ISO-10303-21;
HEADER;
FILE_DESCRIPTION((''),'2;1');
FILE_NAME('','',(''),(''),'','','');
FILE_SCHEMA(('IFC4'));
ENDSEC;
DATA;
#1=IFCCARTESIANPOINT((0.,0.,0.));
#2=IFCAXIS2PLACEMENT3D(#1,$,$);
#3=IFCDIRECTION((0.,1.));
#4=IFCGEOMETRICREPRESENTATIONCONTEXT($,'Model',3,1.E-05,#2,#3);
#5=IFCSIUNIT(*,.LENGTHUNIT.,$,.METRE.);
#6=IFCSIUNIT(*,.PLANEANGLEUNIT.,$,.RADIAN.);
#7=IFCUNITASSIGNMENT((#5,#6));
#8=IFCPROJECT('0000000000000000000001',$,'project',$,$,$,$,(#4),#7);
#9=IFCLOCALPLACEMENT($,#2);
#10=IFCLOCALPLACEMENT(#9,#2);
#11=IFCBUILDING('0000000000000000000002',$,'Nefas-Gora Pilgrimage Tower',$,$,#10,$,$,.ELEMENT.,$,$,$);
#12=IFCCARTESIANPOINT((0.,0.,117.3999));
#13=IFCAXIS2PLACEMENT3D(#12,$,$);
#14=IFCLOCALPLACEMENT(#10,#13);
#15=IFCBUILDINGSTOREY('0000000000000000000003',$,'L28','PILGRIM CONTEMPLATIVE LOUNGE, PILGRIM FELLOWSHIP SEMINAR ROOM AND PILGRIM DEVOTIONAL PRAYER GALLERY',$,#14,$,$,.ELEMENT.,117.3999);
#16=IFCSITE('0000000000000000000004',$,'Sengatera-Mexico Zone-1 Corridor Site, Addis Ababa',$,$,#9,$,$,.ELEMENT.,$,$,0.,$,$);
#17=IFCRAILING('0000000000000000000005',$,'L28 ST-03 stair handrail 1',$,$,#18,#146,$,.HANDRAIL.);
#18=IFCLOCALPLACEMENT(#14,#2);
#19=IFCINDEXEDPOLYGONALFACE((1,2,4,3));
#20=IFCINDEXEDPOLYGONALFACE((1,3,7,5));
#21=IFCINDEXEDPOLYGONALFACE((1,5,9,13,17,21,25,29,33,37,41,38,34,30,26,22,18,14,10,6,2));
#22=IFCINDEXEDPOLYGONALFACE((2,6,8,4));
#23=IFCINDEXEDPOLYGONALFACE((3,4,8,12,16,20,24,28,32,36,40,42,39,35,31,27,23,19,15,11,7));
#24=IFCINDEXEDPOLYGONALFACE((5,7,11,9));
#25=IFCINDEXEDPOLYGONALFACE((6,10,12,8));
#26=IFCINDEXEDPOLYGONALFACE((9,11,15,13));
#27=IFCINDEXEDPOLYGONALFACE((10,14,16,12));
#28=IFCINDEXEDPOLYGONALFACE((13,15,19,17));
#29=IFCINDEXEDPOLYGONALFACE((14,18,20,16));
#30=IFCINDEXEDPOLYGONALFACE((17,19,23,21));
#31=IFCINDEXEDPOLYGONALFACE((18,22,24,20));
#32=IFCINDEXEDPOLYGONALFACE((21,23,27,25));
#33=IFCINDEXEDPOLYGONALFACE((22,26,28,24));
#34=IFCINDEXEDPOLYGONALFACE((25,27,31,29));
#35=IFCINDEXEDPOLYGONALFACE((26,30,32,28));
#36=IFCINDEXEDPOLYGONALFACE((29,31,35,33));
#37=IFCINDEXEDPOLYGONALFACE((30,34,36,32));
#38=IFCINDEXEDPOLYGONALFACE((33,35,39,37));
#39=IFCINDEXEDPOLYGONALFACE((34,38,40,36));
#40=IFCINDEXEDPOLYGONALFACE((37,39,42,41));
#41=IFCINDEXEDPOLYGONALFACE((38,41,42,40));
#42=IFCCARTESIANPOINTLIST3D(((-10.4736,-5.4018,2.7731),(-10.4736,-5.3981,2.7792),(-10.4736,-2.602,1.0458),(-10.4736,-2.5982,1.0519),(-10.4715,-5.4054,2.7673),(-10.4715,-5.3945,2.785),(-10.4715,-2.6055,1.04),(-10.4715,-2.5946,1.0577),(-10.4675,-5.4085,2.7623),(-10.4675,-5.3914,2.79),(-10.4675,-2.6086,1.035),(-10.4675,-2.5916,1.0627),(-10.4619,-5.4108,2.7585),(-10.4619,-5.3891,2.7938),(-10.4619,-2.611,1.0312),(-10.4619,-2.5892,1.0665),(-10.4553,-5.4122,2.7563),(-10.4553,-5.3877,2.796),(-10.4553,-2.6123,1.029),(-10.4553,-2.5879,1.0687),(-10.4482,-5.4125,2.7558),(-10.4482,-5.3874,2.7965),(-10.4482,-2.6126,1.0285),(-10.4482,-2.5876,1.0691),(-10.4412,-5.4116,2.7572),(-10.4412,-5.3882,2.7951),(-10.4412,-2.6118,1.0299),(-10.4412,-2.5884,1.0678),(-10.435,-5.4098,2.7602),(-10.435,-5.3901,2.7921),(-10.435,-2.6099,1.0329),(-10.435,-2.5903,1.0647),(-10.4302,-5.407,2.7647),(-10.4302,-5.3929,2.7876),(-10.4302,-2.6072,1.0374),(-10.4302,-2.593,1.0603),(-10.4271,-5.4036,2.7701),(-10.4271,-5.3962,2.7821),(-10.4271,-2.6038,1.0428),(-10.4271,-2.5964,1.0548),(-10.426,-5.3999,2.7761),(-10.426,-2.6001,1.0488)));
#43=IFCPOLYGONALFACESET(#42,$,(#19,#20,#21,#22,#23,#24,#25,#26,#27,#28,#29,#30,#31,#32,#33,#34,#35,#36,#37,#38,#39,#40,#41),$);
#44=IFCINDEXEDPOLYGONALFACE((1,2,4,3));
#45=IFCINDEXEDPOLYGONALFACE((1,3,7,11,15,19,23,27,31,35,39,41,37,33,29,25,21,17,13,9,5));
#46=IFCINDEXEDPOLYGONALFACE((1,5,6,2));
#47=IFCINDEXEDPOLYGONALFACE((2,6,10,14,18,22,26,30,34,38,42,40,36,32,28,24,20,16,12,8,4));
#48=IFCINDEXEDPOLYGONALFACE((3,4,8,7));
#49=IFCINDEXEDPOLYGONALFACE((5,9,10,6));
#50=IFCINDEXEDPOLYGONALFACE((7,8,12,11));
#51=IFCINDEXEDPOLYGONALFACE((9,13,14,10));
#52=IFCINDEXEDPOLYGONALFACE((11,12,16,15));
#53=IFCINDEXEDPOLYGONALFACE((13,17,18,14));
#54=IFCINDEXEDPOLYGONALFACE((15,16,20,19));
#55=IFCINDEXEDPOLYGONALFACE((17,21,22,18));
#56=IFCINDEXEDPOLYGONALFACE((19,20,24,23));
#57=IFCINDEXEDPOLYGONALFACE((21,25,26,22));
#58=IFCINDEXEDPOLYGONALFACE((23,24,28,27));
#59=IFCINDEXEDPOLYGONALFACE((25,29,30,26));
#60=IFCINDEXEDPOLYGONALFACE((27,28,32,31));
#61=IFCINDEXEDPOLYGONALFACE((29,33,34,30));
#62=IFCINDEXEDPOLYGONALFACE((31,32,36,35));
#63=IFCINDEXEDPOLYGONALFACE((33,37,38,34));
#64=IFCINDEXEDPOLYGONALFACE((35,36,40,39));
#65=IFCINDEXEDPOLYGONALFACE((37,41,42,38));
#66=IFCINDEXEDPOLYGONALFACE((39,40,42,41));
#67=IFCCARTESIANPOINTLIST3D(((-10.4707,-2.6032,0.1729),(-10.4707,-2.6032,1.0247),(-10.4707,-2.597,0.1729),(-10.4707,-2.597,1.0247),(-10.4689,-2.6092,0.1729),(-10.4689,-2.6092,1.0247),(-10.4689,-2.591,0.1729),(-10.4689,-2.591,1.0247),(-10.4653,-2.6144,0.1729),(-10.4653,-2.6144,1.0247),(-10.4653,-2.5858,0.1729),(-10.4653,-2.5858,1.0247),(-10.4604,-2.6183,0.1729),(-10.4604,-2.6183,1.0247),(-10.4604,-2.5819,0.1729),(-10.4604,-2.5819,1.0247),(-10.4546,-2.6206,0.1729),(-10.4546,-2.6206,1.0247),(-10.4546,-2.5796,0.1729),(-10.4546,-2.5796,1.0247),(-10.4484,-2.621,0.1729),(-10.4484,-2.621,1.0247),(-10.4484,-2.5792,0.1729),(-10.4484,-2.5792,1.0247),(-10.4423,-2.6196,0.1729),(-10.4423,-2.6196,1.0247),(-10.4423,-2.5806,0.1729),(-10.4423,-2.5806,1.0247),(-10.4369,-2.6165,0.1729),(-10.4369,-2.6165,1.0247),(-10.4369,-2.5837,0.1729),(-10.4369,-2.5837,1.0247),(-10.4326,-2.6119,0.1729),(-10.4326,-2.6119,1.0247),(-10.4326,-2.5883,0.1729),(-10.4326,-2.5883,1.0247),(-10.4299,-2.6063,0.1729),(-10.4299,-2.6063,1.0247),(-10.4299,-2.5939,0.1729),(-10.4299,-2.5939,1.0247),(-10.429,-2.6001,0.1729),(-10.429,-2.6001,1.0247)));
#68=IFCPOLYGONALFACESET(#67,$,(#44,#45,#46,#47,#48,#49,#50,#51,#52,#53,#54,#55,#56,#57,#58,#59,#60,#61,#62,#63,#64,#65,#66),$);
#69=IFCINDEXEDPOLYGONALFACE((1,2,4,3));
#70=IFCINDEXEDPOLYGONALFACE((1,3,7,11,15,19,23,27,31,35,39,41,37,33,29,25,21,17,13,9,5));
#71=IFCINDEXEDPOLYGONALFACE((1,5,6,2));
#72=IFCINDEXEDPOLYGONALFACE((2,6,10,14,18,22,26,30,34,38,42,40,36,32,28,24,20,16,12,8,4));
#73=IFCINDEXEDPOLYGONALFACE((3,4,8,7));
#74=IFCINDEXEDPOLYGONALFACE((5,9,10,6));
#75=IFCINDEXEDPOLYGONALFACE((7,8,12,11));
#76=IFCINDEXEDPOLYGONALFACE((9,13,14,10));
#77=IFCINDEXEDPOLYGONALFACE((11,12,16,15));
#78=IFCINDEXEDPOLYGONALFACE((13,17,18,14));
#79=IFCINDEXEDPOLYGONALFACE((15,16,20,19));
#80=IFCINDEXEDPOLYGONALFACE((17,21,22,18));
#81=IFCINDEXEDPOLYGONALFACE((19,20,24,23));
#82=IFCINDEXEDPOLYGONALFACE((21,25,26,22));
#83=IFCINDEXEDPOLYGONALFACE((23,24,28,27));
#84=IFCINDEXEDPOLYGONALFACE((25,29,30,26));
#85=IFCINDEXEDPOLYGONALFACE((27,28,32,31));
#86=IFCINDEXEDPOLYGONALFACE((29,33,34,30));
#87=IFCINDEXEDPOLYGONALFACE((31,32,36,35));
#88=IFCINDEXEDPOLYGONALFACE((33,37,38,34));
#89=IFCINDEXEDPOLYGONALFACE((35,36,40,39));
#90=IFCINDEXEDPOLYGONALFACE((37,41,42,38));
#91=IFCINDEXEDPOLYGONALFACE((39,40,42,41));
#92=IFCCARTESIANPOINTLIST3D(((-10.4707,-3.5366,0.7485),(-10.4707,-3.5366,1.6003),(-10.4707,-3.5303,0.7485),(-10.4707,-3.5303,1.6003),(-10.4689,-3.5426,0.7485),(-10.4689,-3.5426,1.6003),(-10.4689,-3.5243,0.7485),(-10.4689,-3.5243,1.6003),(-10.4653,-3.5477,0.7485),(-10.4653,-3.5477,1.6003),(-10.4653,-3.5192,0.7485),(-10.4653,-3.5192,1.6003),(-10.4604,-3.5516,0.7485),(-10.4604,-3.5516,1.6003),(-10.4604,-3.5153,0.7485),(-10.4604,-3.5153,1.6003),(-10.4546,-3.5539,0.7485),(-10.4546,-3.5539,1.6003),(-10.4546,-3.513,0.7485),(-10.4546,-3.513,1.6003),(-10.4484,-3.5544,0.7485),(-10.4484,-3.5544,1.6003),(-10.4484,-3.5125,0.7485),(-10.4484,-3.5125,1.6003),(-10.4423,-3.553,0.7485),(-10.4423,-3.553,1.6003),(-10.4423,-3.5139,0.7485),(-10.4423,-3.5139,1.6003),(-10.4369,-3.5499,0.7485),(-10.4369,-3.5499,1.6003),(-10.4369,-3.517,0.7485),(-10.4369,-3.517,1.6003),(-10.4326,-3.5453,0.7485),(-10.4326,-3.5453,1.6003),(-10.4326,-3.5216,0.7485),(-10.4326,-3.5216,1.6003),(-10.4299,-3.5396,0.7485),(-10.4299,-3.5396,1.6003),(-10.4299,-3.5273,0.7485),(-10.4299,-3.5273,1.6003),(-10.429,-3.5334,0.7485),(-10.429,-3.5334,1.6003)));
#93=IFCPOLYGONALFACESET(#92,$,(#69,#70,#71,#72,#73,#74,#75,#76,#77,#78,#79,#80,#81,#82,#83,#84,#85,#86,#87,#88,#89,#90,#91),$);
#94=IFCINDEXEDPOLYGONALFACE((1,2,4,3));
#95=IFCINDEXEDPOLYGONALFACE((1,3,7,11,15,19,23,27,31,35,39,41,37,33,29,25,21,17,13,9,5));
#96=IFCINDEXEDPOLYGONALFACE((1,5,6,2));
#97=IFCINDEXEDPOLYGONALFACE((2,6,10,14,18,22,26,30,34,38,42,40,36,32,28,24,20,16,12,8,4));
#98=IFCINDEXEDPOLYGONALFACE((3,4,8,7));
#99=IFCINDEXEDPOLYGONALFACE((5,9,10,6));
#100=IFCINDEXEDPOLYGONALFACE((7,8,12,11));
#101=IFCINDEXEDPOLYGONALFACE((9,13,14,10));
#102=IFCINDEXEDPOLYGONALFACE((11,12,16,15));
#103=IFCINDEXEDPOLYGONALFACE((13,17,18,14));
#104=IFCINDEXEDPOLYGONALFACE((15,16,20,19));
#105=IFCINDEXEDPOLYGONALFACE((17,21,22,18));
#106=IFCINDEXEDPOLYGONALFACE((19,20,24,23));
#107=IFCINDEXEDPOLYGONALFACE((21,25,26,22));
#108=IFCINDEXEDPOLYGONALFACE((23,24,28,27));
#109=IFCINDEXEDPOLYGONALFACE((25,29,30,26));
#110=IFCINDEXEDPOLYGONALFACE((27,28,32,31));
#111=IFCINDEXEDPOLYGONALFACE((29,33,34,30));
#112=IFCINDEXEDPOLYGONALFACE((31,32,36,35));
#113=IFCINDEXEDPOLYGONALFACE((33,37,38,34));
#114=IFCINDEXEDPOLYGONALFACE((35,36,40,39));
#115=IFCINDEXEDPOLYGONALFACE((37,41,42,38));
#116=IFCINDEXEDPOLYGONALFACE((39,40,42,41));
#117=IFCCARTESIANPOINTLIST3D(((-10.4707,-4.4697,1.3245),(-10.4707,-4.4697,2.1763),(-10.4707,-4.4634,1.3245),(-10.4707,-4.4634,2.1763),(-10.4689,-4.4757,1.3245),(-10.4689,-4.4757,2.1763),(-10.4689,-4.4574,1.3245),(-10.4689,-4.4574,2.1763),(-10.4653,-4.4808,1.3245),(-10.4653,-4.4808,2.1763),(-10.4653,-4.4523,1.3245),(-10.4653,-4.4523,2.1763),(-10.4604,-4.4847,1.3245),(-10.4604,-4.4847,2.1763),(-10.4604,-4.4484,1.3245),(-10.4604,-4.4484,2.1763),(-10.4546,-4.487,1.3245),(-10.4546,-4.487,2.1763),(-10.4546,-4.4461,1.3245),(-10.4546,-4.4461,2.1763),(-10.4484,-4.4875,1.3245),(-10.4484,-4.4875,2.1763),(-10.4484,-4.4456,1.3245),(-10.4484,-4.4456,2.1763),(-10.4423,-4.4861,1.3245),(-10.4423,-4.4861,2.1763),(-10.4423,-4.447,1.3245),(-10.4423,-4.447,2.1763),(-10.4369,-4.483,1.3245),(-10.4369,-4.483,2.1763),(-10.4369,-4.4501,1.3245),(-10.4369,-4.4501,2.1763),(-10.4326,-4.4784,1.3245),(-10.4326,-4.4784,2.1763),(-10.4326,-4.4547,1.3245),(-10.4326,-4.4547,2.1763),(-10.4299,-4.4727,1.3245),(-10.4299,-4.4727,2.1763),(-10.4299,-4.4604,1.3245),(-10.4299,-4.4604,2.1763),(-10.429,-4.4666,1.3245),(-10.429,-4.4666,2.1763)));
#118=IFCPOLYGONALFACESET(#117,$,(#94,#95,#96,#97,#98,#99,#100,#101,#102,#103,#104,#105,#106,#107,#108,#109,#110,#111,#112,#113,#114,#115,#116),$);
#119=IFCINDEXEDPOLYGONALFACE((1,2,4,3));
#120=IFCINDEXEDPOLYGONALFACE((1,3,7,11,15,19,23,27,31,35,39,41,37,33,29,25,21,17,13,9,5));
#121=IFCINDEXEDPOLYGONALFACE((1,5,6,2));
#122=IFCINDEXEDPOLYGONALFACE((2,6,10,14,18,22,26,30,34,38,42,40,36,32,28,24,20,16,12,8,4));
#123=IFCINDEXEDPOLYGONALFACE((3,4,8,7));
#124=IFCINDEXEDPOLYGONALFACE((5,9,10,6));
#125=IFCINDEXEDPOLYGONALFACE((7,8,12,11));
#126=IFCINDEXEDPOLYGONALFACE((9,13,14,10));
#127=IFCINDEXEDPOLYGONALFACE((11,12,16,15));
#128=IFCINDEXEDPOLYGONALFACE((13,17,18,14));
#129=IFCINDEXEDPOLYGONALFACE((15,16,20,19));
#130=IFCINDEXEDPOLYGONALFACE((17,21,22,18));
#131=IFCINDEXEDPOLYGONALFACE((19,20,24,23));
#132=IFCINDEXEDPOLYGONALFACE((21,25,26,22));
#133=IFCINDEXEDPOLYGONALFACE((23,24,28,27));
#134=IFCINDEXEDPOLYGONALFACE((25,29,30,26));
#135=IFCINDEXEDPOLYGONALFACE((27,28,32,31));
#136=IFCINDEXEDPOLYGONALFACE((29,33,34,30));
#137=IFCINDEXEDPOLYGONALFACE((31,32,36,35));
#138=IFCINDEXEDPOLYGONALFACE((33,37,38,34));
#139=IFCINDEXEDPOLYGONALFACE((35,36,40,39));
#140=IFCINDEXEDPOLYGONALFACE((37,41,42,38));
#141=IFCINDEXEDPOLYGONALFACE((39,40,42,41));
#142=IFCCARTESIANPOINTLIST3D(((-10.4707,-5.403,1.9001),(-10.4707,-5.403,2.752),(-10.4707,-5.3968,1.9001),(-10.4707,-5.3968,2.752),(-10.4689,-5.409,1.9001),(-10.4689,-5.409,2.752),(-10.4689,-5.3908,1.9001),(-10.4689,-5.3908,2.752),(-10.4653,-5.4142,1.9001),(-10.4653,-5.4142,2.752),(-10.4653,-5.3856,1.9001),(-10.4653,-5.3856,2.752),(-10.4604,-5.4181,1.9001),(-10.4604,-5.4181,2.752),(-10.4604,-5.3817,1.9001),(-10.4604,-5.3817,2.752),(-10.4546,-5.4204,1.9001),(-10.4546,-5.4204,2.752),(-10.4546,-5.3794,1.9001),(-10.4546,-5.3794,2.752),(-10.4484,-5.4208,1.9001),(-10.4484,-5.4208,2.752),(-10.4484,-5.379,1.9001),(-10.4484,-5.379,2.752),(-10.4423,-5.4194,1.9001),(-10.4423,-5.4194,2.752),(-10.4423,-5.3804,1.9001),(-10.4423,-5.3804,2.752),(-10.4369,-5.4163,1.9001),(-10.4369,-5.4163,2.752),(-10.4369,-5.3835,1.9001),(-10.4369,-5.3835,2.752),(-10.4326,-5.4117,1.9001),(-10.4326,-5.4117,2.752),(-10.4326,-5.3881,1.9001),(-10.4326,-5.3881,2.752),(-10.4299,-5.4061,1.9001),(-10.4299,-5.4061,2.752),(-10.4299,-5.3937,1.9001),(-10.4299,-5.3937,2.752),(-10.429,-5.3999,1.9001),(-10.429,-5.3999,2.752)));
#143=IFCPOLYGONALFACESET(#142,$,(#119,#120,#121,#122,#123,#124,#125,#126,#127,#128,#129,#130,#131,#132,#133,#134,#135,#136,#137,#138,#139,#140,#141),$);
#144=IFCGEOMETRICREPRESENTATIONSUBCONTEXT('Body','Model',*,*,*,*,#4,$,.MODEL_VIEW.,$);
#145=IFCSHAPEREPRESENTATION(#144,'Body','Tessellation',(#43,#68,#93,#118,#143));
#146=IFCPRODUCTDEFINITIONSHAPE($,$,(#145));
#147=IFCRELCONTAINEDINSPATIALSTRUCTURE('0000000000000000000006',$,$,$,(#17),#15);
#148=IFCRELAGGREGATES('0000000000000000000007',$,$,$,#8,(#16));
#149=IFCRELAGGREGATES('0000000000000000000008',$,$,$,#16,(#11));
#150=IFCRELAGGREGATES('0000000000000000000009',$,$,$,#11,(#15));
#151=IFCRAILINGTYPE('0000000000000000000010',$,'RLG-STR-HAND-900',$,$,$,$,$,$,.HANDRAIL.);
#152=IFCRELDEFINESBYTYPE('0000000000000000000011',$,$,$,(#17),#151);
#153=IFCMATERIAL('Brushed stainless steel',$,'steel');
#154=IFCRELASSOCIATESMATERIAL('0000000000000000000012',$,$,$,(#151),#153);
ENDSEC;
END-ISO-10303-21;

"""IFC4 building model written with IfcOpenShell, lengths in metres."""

from ifc_helpers import new_model, si_unit, direction, frame, origin, origin_2d, place, context, subcontext, project, spatial, circle, extrude, material, type_object, element, save


model = new_model("IFC4")

# Units and contexts
model_context = context("Model", 3, precision=1e-05, world=origin(), true_north=direction((0.0, 1.0)))
body_context = subcontext(model_context, "Body", "Model", "MODEL_VIEW")
ifc_project = project(units=[si_unit("LENGTHUNIT", "METRE"), si_unit("PLANEANGLEUNIT", "RADIAN")], contexts=[model_context])

# Site, building, storey
site_placement = place(None, origin())
site = spatial("IfcSite", under=ifc_project, at=site_placement, Name="Sengatera-Mexico Zone-1 Corridor Site, Addis Ababa", CompositionType="ELEMENT", RefElevation=0.0)
building_placement = place(site_placement, origin())
building = spatial("IfcBuilding", under=site, at=building_placement, Name="Nefas-Gora Pilgrimage Tower", CompositionType="ELEMENT")
storey_placement = place(building_placement, frame((0.0, 0.0, 117.3999)))
storey = spatial("IfcBuildingStorey", under=building, at=storey_placement, Name="L28", Description="PILGRIM CONTEMPLATIVE LOUNGE, PILGRIM FELLOWSHIP SEMINAR ROOM AND PILGRIM DEVOTIONAL PRAYER GALLERY", CompositionType="ELEMENT", Elevation=117.3999)

# Railing
ifc_material_1 = material(Name="Brushed stainless steel", Category="steel")
railing_type_1 = type_object("IfcRailingType", Name="RLG-STR-HAND-900", PredefinedType="HANDRAIL", material=ifc_material_1)
railing_1_placement = place(storey_placement, frame((-10.45, -2.6001, 0.1729)))
element("IfcRailing", 1, at=railing_1_placement, inside=storey, type_object=railing_type_1, Name="L28 ST-03 stair handrail 1", PredefinedType="HANDRAIL", context=body_context, shape_type="SweptSolid", body=[
    extrude(circle(Radius=0.0239, at=origin_2d()), frame((0.0, 0.0, 0.876), z_axis=(0.0, -0.851069, 0.525054), x_axis=(1.0, 0.0, 0.0)), (0.0, 0.0, 1.0), 3.2898),
    extrude(circle(Radius=0.021, at=origin_2d()), origin(), (0.0, 0.0, 1.0), 0.8518),
    extrude(circle(Radius=0.021, at=origin_2d()), frame((0.0, -0.9333, 0.5757)), (0.0, 0.0, 1.0), 0.8518),
    extrude(circle(Radius=0.021, at=origin_2d()), frame((0.0, -1.8665, 1.1516)), (0.0, 0.0, 1.0), 0.8518),
    extrude(circle(Radius=0.021, at=origin_2d()), frame((0.0, -2.7998, 1.7273)), (0.0, 0.0, 1.0), 0.8518),
])

save(model, "model.ifc")
